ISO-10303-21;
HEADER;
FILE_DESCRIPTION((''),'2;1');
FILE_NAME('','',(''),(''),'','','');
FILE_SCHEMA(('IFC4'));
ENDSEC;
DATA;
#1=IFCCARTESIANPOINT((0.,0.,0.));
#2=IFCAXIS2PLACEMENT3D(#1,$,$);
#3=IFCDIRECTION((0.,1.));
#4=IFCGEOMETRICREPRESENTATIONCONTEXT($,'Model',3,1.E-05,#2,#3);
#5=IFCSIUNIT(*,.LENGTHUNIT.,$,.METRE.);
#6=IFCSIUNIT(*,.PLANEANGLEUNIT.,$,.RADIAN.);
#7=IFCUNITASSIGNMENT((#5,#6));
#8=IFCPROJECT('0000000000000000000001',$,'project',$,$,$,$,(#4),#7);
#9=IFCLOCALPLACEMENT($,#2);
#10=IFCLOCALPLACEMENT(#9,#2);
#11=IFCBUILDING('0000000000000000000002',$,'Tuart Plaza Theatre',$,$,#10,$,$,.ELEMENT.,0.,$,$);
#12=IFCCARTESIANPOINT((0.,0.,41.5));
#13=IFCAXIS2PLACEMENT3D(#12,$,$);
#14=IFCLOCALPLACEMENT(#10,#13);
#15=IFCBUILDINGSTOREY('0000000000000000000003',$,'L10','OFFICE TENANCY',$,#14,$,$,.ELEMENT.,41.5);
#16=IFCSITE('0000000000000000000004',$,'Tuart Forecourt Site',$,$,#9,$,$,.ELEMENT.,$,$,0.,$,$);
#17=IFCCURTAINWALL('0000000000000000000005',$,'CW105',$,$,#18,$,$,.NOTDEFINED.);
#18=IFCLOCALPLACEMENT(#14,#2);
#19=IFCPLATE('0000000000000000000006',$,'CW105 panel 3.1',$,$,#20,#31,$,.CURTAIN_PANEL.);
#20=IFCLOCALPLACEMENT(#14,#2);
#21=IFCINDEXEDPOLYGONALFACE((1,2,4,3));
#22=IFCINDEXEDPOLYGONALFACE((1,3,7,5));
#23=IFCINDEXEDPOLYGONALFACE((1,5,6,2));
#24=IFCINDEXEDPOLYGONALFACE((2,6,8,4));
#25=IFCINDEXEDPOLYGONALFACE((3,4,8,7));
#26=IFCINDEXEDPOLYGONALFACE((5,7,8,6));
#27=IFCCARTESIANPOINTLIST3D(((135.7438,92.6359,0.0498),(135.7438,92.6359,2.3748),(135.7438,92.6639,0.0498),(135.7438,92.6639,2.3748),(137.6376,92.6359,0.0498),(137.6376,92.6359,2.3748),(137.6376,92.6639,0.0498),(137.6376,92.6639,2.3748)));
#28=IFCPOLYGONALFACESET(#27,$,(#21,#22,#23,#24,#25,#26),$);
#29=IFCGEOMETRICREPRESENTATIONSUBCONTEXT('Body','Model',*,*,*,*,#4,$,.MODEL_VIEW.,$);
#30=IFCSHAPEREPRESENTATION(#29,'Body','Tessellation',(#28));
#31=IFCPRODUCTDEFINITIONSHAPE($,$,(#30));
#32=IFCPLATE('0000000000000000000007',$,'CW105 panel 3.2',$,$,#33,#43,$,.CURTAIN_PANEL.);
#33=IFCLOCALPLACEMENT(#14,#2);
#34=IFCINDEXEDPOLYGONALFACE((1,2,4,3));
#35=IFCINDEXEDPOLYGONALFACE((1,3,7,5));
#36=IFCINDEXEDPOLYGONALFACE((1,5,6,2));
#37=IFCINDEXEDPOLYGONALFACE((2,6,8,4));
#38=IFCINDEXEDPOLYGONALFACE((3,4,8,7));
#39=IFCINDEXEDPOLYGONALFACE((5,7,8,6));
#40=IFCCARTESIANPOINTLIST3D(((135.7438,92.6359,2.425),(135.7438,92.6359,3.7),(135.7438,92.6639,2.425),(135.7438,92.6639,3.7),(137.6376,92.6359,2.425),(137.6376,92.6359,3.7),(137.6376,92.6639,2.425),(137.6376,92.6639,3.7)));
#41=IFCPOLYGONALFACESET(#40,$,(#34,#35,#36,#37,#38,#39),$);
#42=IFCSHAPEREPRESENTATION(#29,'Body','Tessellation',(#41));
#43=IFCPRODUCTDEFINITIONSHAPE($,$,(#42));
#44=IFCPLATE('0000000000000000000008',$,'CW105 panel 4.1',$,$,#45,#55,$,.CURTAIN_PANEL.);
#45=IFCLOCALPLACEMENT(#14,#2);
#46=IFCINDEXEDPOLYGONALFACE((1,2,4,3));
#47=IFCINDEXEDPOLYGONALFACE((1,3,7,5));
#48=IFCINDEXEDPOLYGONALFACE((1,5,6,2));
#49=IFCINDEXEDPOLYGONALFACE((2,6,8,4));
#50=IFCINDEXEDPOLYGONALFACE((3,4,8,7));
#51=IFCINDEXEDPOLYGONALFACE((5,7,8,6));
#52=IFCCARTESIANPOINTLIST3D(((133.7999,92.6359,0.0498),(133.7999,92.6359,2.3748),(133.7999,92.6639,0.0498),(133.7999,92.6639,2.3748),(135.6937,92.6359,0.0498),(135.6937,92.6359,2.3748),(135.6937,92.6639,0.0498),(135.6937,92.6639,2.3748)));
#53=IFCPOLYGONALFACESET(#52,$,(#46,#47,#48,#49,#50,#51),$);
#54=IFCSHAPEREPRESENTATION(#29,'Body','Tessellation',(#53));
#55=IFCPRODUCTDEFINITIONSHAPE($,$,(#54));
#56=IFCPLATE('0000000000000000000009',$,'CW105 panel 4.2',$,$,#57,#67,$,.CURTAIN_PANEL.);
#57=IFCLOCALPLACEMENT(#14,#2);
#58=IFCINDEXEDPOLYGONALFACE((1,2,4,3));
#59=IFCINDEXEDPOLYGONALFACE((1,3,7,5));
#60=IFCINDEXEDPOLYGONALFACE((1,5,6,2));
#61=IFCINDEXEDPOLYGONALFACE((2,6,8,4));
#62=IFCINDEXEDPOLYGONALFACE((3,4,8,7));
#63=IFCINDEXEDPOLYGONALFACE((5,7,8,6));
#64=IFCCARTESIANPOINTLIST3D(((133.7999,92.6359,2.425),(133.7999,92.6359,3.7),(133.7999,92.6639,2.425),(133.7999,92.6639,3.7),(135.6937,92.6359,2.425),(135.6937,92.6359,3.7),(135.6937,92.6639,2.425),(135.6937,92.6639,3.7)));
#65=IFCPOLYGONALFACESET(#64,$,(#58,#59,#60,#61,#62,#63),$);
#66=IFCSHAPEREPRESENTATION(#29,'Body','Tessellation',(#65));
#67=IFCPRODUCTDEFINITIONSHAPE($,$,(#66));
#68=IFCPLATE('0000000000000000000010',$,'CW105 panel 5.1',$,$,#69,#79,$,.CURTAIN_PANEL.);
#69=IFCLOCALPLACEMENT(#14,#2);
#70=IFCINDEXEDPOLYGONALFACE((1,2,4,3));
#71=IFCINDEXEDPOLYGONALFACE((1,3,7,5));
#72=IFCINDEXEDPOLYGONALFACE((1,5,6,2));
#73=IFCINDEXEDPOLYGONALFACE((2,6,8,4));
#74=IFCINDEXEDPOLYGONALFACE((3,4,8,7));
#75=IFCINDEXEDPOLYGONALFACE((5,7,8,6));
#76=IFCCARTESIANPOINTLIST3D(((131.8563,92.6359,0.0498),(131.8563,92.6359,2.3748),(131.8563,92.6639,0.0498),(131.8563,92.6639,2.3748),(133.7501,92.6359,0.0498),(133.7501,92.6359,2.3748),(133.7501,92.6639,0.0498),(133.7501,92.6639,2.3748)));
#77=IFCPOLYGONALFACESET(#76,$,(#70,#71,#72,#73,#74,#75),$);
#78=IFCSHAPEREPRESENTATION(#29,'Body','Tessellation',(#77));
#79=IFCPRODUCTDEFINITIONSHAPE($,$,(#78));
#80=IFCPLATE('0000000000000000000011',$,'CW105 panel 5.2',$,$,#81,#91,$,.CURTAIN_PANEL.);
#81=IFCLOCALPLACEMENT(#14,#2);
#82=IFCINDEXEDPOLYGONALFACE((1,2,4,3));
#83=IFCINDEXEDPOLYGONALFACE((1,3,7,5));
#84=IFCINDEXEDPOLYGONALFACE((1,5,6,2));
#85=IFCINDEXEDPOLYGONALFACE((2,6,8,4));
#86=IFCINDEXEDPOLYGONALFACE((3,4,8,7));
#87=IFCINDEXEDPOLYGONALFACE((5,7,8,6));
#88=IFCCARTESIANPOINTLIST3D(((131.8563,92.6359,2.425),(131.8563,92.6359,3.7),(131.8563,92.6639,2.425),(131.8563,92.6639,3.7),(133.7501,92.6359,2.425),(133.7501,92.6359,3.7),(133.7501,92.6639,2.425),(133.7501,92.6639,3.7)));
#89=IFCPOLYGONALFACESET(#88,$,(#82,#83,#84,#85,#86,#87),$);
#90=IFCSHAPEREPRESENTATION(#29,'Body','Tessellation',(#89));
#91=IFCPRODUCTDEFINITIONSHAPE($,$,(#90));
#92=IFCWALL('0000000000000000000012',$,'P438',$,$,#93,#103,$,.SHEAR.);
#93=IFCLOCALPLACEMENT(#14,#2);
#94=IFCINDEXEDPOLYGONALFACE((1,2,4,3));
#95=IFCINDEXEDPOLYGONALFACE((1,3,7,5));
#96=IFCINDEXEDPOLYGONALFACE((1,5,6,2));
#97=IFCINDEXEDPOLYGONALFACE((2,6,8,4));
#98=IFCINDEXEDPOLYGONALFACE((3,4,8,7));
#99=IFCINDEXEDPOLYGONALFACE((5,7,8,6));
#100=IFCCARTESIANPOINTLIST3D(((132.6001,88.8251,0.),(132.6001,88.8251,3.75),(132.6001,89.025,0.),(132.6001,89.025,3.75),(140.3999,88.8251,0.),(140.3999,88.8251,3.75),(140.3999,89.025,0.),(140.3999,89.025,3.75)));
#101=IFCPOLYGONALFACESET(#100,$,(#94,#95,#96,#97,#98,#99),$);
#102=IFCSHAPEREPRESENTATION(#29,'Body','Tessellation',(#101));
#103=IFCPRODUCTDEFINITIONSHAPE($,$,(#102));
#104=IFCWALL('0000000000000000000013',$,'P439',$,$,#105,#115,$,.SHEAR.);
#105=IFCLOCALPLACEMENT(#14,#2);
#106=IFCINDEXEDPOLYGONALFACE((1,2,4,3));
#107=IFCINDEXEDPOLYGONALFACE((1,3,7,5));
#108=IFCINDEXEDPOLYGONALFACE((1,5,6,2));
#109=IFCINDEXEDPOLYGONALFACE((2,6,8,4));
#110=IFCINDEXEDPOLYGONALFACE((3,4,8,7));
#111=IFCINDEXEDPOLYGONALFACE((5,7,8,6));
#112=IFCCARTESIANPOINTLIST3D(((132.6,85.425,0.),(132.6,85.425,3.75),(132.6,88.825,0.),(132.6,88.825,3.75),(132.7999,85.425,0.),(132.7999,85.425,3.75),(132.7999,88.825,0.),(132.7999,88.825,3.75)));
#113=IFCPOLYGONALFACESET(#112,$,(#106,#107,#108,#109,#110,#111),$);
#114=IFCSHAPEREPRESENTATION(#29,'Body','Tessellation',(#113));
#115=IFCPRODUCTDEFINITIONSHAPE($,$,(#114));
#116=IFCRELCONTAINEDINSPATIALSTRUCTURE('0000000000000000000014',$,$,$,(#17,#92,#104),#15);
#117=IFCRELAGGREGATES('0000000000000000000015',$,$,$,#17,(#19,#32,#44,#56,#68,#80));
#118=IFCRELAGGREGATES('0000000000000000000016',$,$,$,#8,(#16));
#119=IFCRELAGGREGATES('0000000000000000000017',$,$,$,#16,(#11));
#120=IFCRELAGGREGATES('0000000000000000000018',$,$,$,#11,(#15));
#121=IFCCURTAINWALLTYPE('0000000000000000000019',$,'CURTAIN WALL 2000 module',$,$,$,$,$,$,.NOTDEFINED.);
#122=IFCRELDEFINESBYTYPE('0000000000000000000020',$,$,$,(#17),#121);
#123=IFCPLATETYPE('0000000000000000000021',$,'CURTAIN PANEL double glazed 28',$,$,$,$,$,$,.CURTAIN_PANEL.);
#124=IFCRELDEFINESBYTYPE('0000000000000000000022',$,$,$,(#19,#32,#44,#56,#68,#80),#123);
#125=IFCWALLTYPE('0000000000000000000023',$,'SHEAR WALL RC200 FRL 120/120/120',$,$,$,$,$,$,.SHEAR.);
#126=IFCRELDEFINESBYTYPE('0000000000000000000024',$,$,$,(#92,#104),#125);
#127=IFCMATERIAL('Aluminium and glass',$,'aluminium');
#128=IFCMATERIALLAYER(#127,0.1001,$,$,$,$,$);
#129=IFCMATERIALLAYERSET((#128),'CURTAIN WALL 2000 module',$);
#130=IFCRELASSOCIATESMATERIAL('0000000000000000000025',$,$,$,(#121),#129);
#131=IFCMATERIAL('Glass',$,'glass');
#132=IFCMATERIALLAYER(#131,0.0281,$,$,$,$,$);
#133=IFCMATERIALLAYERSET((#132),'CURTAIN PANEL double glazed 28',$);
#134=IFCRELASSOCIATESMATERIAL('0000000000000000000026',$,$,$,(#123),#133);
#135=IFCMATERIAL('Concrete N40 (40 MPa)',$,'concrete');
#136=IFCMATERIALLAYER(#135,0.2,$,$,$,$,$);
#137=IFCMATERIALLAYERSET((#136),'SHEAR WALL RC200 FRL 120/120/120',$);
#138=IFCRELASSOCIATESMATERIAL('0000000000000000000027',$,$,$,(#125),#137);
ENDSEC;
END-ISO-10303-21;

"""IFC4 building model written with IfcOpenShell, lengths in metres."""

from ifc_helpers import new_model, si_unit, direction, frame, frame_2d, origin, origin_2d, place, context, subcontext, project, spatial, rectangle, extrude, material, layer, layer_set, type_object, element, aggregate, save


model = new_model("IFC4")

# Units and contexts
model_context = context("Model", 3, precision=1e-05, world=origin(), true_north=direction((0.0, 1.0)))
body_context = subcontext(model_context, "Body", "Model", "MODEL_VIEW")
ifc_project = project(units=[si_unit("LENGTHUNIT", "METRE"), si_unit("PLANEANGLEUNIT", "RADIAN")], contexts=[model_context])

# Site, building, storey
site_placement = place(None, origin())
site = spatial("IfcSite", under=ifc_project, at=site_placement, Name="Tuart Forecourt Site", CompositionType="ELEMENT", RefElevation=0.0)
building_placement = place(site_placement, origin())
building = spatial("IfcBuilding", under=site, at=building_placement, Name="Tuart Plaza Theatre", CompositionType="ELEMENT", ElevationOfRefHeight=0.0)
storey_placement = place(building_placement, frame((0.0, 0.0, 41.5)))
storey = spatial("IfcBuildingStorey", under=building, at=storey_placement, Name="L10", Description="OFFICE TENANCY", CompositionType="ELEMENT", Elevation=41.5)

# Curtain wall, plates
ifc_material_1 = material(Name="Aluminium and glass", Category="aluminium")
ifc_layer_1 = layer(ifc_material_1, 0.1001)
ifc_layer_set_1 = layer_set([ifc_layer_1], Name="CURTAIN WALL 2000 module")
curtain_wall_type = type_object("IfcCurtainWallType", Name="CURTAIN WALL 2000 module", PredefinedType="NOTDEFINED", material=ifc_layer_set_1)
curtain_wall_placement = place(storey_placement, origin())
curtain_wall = element("IfcCurtainWall", 1, at=curtain_wall_placement, inside=storey, type_object=curtain_wall_type, Name="CW105", PredefinedType="NOTDEFINED")
ifc_material_2 = material(Name="Glass", Category="glass")
ifc_layer_2 = layer(ifc_material_2, 0.0281)
ifc_layer_set_2 = layer_set([ifc_layer_2], Name="CURTAIN PANEL double glazed 28")
plate_type = type_object("IfcPlateType", Name="CURTAIN PANEL double glazed 28", PredefinedType="CURTAIN_PANEL", material=ifc_layer_set_2)
plate_1_placement = place(storey_placement, frame((136.6907, 92.6499, 0.0498), z_axis=(0.0, 0.0, 1.0), x_axis=(-1.0, 0.0, 0.0)))
plate_1 = element("IfcPlate", 2, at=plate_1_placement, type_object=plate_type, Name="CW105 panel 3.1", PredefinedType="CURTAIN_PANEL", context=body_context, shape_type="SweptSolid", body=[
    extrude(rectangle(XDim=1.8938, YDim=0.0281, at=origin_2d()), origin(), (0.0, 0.0, 1.0), 2.325),
])
plate_2_placement = place(storey_placement, frame((136.6907, 92.6499, 2.425), z_axis=(0.0, 0.0, 1.0), x_axis=(-1.0, 0.0, 0.0)))
plate_2 = element("IfcPlate", 3, at=plate_2_placement, type_object=plate_type, Name="CW105 panel 3.2", PredefinedType="CURTAIN_PANEL", context=body_context, shape_type="SweptSolid", body=[
    extrude(rectangle(XDim=1.8938, YDim=0.0281, at=origin_2d()), origin(), (0.0, 0.0, 1.0), 1.2749),
])
plate_3_placement = place(storey_placement, frame((134.7468, 92.6499, 0.0498), z_axis=(0.0, 0.0, 1.0), x_axis=(-1.0, 0.0, 0.0)))
plate_3 = element("IfcPlate", 4, at=plate_3_placement, type_object=plate_type, Name="CW105 panel 4.1", PredefinedType="CURTAIN_PANEL", context=body_context, shape_type="SweptSolid", body=[
    extrude(rectangle(XDim=1.8938, YDim=0.0281, at=origin_2d()), origin(), (0.0, 0.0, 1.0), 2.325),
])
plate_4_placement = place(storey_placement, frame((134.7468, 92.6499, 2.425), z_axis=(0.0, 0.0, 1.0), x_axis=(-1.0, 0.0, 0.0)))
plate_4 = element("IfcPlate", 5, at=plate_4_placement, type_object=plate_type, Name="CW105 panel 4.2", PredefinedType="CURTAIN_PANEL", context=body_context, shape_type="SweptSolid", body=[
    extrude(rectangle(XDim=1.8938, YDim=0.0281, at=origin_2d()), origin(), (0.0, 0.0, 1.0), 1.2749),
])
plate_5_placement = place(storey_placement, frame((132.8032, 92.6499, 0.0498), z_axis=(0.0, 0.0, 1.0), x_axis=(-1.0, 0.0, 0.0)))
plate_5 = element("IfcPlate", 6, at=plate_5_placement, type_object=plate_type, Name="CW105 panel 5.1", PredefinedType="CURTAIN_PANEL", context=body_context, shape_type="SweptSolid", body=[
    extrude(rectangle(XDim=1.8938, YDim=0.0281, at=origin_2d()), origin(), (0.0, 0.0, 1.0), 2.325),
])
plate_6_placement = place(storey_placement, frame((132.8032, 92.6499, 2.425), z_axis=(0.0, 0.0, 1.0), x_axis=(-1.0, 0.0, 0.0)))
plate_6 = element("IfcPlate", 7, at=plate_6_placement, type_object=plate_type, Name="CW105 panel 5.2", PredefinedType="CURTAIN_PANEL", context=body_context, shape_type="SweptSolid", body=[
    extrude(rectangle(XDim=1.8938, YDim=0.0281, at=origin_2d()), origin(), (0.0, 0.0, 1.0), 1.2749),
])
aggregate(curtain_wall, [plate_1, plate_2, plate_3, plate_4, plate_5, plate_6])

# Walls
ifc_material_3 = material(Name="Concrete N40 (40 MPa)", Category="concrete")
ifc_layer_3 = layer(ifc_material_3, 0.2)
ifc_layer_set_3 = layer_set([ifc_layer_3], Name="SHEAR WALL RC200 FRL 120/120/120")
wall_type = type_object("IfcWallType", Name="SHEAR WALL RC200 FRL 120/120/120", PredefinedType="SHEAR", material=ifc_layer_set_3)
wall_1_placement = place(storey_placement, frame((140.3999, 88.925, 0.0), z_axis=(0.0, 0.0, 1.0), x_axis=(-1.0, 0.0, 0.0)))
element("IfcWall", 8, at=wall_1_placement, inside=storey, type_object=wall_type, Name="P438", PredefinedType="SHEAR", context=body_context, shape_type="SweptSolid", body=[
    extrude(rectangle(XDim=7.7998, YDim=0.2, at=frame_2d((3.8999, 0.0))), origin(), (0.0, 0.0, 1.0), 3.75),
])
wall_2_placement = place(storey_placement, frame((132.7, 88.825, 0.0), z_axis=(0.0, 0.0, 1.0), x_axis=(0.0, -1.0, 0.0)))
element("IfcWall", 9, at=wall_2_placement, inside=storey, type_object=wall_type, Name="P439", PredefinedType="SHEAR", context=body_context, shape_type="SweptSolid", body=[
    extrude(rectangle(XDim=3.3999, YDim=0.2, at=frame_2d((1.7, 0.0))), origin(), (0.0, 0.0, 1.0), 3.75),
])

save(model, "model.ifc")
